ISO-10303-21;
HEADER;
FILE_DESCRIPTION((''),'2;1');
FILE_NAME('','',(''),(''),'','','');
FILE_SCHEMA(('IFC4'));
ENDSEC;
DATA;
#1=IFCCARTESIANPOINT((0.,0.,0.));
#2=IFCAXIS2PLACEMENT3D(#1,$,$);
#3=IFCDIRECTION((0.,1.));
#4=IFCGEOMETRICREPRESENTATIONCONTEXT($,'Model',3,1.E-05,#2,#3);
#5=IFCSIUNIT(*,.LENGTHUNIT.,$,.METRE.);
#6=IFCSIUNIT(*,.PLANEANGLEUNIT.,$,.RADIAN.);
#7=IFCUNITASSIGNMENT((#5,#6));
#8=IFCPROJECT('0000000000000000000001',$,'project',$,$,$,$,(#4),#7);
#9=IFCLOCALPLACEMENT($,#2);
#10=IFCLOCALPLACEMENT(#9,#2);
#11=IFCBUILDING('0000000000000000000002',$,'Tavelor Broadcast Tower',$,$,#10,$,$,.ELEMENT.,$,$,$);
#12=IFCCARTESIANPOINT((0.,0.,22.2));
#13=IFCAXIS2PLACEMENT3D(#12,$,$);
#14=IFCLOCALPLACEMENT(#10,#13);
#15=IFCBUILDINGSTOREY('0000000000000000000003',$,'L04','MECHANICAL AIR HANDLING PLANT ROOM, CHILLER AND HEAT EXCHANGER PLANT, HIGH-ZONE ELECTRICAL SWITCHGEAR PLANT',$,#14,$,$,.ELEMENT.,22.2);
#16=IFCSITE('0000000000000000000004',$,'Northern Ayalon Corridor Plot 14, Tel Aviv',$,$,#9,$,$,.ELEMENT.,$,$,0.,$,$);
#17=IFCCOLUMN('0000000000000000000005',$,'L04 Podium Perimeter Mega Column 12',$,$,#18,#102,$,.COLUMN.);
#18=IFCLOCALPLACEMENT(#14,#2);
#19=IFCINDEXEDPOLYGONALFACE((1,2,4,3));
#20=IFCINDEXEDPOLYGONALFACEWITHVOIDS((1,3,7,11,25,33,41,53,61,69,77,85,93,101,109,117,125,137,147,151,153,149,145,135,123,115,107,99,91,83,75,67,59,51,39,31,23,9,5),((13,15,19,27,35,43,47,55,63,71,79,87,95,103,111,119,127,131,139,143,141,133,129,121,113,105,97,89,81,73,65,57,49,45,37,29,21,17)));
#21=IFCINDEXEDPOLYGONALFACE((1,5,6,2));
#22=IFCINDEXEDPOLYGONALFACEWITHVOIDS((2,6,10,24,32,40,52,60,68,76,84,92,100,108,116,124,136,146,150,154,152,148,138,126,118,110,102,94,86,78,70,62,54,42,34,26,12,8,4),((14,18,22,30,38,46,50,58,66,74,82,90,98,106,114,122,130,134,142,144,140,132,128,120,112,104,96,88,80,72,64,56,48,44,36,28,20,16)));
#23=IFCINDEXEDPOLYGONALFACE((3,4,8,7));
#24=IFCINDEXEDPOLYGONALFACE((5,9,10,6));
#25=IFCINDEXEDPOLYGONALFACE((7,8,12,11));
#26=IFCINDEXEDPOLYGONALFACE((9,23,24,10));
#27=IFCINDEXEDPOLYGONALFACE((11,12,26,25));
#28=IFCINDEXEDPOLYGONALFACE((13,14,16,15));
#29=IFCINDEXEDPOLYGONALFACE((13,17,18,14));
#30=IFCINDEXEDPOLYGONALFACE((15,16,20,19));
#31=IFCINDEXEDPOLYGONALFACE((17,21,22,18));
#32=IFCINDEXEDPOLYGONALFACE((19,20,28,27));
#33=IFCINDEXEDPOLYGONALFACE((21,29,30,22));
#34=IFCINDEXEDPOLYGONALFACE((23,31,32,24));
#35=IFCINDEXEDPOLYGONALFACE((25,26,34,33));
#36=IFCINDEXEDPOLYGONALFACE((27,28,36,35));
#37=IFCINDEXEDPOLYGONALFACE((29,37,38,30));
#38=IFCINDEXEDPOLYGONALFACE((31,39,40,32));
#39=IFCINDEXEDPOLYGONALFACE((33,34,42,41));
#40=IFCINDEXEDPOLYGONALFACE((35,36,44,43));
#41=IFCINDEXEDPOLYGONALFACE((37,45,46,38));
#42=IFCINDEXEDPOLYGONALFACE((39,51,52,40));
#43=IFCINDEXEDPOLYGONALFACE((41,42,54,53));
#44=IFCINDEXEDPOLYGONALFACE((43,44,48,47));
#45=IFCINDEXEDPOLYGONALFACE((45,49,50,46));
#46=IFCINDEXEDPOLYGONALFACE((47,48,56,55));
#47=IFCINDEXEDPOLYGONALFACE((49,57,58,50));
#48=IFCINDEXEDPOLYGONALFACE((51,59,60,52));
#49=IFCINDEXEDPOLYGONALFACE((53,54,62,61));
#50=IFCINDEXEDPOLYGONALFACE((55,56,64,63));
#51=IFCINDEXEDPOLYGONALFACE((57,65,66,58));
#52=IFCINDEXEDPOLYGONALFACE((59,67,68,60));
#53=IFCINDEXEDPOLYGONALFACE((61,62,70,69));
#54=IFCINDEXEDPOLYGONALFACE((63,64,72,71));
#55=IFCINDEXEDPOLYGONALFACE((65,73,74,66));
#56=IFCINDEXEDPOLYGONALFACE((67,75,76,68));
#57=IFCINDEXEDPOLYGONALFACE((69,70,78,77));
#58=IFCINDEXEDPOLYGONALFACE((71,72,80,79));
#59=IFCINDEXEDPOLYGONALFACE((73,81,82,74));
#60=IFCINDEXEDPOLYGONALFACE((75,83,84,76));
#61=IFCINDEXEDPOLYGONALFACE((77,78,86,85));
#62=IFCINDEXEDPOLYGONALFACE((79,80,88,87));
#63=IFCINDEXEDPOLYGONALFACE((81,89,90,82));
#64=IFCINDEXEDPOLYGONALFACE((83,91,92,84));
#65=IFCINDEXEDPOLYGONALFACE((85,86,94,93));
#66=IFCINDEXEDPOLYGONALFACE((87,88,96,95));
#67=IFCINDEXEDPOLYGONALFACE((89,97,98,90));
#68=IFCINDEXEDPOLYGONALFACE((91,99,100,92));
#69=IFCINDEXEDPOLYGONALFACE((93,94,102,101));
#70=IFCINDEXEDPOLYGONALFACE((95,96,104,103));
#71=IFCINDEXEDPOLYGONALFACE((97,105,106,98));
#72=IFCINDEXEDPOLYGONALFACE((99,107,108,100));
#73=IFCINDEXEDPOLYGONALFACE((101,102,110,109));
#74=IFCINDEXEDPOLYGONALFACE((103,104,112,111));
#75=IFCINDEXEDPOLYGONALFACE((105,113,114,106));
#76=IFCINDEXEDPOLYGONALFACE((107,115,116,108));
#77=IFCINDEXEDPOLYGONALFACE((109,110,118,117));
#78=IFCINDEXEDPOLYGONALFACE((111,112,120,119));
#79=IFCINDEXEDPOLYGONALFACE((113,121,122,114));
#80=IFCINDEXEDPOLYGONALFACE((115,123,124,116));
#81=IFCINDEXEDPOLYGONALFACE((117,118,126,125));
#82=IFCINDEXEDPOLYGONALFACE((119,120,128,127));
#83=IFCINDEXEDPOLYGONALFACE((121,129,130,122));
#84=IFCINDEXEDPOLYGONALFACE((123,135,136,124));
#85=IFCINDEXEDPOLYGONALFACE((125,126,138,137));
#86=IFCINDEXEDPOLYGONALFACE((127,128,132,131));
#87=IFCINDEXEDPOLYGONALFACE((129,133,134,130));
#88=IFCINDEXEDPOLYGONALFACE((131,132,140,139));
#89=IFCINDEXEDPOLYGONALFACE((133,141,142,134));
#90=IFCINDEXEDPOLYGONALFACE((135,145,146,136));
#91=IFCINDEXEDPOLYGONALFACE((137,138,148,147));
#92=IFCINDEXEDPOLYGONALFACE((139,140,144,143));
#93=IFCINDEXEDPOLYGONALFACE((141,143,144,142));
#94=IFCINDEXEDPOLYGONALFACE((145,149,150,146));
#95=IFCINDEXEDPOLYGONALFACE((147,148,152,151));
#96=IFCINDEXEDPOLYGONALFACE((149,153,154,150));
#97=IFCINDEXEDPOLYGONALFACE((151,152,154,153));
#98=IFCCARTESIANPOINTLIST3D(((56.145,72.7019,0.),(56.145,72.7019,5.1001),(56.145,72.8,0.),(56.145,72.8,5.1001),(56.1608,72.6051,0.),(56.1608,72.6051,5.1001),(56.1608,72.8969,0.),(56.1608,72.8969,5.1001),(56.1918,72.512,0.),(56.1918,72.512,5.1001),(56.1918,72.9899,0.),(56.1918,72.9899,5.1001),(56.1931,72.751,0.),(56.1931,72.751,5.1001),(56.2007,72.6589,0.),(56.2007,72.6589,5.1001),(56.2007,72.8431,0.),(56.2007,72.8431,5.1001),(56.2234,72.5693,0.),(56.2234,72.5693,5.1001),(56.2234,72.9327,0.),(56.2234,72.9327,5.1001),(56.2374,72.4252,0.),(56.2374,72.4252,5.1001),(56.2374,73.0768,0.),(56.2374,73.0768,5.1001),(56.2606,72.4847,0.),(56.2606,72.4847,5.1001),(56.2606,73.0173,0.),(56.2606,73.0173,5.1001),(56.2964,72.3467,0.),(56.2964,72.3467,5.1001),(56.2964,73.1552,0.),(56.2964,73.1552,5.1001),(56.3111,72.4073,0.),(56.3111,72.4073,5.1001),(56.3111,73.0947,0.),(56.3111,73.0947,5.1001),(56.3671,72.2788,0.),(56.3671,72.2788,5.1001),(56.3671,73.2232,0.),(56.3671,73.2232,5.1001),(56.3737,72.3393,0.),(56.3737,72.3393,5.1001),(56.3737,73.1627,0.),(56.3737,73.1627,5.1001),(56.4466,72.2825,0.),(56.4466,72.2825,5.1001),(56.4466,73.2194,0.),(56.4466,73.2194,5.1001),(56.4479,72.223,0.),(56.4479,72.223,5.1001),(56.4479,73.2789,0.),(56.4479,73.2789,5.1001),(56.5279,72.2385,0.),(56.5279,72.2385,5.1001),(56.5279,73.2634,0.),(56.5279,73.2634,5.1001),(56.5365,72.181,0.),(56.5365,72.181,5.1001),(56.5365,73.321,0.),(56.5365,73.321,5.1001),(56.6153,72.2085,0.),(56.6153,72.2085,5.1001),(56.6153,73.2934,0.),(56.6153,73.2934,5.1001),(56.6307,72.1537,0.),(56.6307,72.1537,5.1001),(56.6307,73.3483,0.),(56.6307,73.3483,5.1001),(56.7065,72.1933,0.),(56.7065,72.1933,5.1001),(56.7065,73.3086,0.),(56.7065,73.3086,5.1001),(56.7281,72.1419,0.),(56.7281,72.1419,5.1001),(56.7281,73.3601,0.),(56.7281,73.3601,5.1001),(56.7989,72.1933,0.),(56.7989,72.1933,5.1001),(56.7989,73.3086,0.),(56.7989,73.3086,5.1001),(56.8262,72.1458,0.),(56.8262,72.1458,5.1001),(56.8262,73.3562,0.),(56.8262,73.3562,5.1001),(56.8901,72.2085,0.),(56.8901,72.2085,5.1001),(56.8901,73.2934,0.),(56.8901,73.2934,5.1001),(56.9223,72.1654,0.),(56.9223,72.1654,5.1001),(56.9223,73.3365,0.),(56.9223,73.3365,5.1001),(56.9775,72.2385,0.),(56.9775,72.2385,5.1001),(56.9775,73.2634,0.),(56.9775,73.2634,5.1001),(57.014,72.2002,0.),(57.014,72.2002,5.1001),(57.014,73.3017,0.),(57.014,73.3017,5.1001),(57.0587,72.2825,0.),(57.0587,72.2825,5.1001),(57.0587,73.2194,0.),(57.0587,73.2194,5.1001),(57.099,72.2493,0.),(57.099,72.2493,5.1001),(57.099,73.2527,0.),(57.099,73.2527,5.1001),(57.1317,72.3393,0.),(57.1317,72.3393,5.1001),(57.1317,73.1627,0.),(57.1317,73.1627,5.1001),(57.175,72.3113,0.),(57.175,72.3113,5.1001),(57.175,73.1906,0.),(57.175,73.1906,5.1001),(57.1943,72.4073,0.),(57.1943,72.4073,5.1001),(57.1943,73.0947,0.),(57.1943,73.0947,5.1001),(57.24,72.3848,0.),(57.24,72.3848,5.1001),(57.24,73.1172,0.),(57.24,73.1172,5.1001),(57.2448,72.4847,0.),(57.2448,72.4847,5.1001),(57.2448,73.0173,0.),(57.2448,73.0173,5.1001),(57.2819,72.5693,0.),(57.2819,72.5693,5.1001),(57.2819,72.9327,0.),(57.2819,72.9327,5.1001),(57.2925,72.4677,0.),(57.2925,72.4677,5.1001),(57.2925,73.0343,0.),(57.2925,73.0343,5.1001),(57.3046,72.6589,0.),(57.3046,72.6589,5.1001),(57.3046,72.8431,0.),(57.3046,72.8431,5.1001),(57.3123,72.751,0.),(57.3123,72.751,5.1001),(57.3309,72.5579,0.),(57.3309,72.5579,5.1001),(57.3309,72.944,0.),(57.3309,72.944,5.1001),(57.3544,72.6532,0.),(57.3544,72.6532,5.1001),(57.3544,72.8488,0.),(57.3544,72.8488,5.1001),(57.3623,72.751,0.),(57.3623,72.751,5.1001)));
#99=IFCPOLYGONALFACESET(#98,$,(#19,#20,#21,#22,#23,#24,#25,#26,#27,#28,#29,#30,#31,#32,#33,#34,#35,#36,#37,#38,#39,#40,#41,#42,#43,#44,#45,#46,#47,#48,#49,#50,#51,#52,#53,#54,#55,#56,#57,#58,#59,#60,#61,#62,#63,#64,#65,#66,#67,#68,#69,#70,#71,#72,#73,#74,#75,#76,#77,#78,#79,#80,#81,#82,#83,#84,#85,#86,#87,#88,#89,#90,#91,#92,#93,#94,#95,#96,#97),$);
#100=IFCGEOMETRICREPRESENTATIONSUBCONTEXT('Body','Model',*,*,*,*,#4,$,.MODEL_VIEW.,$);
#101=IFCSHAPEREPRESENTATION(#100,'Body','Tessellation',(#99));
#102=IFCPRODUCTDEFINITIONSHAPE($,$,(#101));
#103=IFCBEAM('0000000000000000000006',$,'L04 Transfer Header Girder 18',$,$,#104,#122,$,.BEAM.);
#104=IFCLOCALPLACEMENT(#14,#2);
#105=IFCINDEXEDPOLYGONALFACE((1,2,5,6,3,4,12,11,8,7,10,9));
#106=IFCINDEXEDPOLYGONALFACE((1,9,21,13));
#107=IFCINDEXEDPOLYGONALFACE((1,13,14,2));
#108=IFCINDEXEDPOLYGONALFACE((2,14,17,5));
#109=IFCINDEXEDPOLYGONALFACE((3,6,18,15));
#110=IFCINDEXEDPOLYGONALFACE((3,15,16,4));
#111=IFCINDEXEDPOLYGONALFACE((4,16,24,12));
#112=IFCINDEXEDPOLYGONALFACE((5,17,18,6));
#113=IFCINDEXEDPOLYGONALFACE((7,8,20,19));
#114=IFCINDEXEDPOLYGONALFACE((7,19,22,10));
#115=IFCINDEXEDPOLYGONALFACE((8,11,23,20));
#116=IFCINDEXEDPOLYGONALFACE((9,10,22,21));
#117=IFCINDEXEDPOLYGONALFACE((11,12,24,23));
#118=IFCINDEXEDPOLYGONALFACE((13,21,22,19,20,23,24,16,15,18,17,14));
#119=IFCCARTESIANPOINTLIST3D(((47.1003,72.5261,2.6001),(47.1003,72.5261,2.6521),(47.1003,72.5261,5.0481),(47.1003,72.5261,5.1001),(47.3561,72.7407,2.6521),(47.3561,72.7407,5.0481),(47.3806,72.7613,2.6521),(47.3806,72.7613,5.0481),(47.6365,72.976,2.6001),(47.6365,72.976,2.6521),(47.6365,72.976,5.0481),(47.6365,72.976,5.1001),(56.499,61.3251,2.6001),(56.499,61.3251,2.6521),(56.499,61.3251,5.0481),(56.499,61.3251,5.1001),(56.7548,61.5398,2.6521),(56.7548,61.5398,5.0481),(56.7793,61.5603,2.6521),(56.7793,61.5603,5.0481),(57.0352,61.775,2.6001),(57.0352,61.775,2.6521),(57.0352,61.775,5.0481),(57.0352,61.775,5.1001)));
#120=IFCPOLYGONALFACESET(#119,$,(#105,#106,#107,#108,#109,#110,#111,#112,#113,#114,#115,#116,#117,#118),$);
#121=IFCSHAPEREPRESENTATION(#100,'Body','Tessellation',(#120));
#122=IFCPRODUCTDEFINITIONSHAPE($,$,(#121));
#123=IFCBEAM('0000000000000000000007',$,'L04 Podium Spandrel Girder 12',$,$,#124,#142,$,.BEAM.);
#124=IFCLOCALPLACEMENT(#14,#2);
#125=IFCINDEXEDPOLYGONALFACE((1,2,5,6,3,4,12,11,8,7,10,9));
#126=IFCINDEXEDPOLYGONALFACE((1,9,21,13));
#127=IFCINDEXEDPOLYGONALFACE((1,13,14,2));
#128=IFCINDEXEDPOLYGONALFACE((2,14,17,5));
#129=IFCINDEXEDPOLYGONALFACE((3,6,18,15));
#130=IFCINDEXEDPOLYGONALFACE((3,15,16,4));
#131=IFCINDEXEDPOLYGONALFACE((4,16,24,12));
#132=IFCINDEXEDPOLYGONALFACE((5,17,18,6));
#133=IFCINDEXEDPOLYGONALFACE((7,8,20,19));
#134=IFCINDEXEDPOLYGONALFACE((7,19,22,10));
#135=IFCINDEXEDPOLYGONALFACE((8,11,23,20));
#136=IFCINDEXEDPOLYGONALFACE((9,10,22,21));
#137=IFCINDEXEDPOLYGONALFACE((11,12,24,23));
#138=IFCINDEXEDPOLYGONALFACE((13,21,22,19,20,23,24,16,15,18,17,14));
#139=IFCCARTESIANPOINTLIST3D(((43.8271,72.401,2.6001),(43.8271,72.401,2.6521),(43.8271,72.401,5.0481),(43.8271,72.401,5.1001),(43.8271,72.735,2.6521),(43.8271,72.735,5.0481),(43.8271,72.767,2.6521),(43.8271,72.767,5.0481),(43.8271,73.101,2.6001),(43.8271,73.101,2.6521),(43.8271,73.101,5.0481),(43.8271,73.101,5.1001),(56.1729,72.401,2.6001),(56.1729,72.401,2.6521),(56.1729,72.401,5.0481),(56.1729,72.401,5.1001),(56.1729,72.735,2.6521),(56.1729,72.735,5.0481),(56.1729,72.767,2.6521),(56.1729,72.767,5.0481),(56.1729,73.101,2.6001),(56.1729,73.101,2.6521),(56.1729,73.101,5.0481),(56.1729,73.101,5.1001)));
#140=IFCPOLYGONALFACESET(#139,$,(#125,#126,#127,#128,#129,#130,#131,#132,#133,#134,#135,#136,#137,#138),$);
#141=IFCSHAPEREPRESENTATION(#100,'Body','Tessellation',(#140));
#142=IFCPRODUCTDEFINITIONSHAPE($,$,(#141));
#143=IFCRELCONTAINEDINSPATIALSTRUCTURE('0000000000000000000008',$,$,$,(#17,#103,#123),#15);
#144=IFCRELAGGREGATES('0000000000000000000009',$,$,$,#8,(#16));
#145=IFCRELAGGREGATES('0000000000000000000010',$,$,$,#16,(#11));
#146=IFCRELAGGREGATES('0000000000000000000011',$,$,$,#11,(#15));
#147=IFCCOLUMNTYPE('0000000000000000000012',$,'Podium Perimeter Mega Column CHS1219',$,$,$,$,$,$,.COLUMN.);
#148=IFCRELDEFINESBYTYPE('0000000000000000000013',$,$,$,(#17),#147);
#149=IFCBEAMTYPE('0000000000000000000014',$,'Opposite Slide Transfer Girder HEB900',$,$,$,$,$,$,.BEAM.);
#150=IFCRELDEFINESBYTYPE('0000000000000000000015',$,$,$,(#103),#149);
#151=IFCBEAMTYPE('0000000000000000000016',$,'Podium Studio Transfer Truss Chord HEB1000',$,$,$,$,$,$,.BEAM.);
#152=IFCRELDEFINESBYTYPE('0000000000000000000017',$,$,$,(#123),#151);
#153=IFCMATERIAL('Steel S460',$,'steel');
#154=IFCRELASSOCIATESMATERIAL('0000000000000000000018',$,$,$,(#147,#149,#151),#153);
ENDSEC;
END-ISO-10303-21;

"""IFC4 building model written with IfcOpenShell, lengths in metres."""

from ifc_helpers import new_model, si_unit, direction, frame, origin, origin_2d, place, context, subcontext, project, spatial, hollow_circle, i_section, extrude, material, material_profile, profile_set, type_object, element, save


model = new_model("IFC4")

# Units and contexts
model_context = context("Model", 3, precision=1e-05, world=origin(), true_north=direction((0.0, 1.0)))
body_context = subcontext(model_context, "Body", "Model", "MODEL_VIEW")
ifc_project = project(units=[si_unit("LENGTHUNIT", "METRE"), si_unit("PLANEANGLEUNIT", "RADIAN")], contexts=[model_context])

# Site, building, storey
site_placement = place(None, origin())
site = spatial("IfcSite", under=ifc_project, at=site_placement, Name="Northern Ayalon Corridor Plot 14, Tel Aviv", CompositionType="ELEMENT", RefElevation=0.0)
building_placement = place(site_placement, origin())
building = spatial("IfcBuilding", under=site, at=building_placement, Name="Tavelor Broadcast Tower", CompositionType="ELEMENT")
storey_placement = place(building_placement, frame((0.0, 0.0, 22.2)))
storey = spatial("IfcBuildingStorey", under=building, at=storey_placement, Name="L04", Description="MECHANICAL AIR HANDLING PLANT ROOM, CHILLER AND HEAT EXCHANGER PLANT, HIGH-ZONE ELECTRICAL SWITCHGEAR PLANT", CompositionType="ELEMENT", Elevation=22.2)

# Column
ifc_material_1 = material(Name="Steel S460", Category="steel")
ifc_material_profile_1 = material_profile(ifc_material_1, hollow_circle(Radius=0.6096, WallThickness=0.05, at=origin_2d()), Name="CHS 1219x50")
ifc_profile_set_1 = profile_set([ifc_material_profile_1], Name="Steel S460")
column_type = type_object("IfcColumnType", Name="Podium Perimeter Mega Column CHS1219", PredefinedType="COLUMN", material=ifc_profile_set_1)
column_placement = place(storey_placement, frame((56.7527, 72.751, 0.0), z_axis=(0.0, 0.0, 1.0), x_axis=(1.0, 0.0, 0.0)))
element("IfcColumn", 1, at=column_placement, inside=storey, type_object=column_type, Name="L04 Podium Perimeter Mega Column 12", PredefinedType="COLUMN", context=body_context, shape_type="SweptSolid", body=[
    extrude(hollow_circle(Radius=0.6096, WallThickness=0.05, at=origin_2d()), origin(), (0.0, 0.0, 1.0), 5.1001),
])

# Beams
ifc_material_profile_2 = material_profile(ifc_material_1, i_section(OverallWidth=0.7, OverallDepth=2.5, WebThickness=0.032, FlangeThickness=0.052, at=origin_2d()), Name="PG 2500x700")
ifc_profile_set_2 = profile_set([ifc_material_profile_2], Name="Steel S460")
beam_type_1 = type_object("IfcBeamType", Name="Opposite Slide Transfer Girder HEB900", PredefinedType="BEAM", material=ifc_profile_set_2)
beam_1_placement = place(storey_placement, frame((56.7671, 61.55, 3.8501), z_axis=(-0.642787, 0.766045, 0.0), x_axis=(-0.766045, -0.642787, 0.0)))
element("IfcBeam", 2, at=beam_1_placement, inside=storey, type_object=beam_type_1, Name="L04 Transfer Header Girder 18", PredefinedType="BEAM", context=body_context, shape_type="SweptSolid", body=[
    extrude(i_section(OverallWidth=0.7, OverallDepth=2.5, WebThickness=0.032, FlangeThickness=0.052, at=origin_2d()), origin(), (0.0, 0.0, 1.0), 14.6218),
])
ifc_material_profile_3 = material_profile(ifc_material_1, i_section(OverallWidth=0.7, OverallDepth=2.5, WebThickness=0.032, FlangeThickness=0.052, at=origin_2d()), Name="PG 2500x700")
ifc_profile_set_3 = profile_set([ifc_material_profile_3], Name="Steel S460")
beam_type_2 = type_object("IfcBeamType", Name="Podium Studio Transfer Truss Chord HEB1000", PredefinedType="BEAM", material=ifc_profile_set_3)
beam_2_placement = place(storey_placement, frame((56.1729, 72.751, 3.8501), z_axis=(-1.0, 0.0, 0.0), x_axis=(0.0, -1.0, 0.0)))
element("IfcBeam", 3, at=beam_2_placement, inside=storey, type_object=beam_type_2, Name="L04 Podium Spandrel Girder 12", PredefinedType="BEAM", context=body_context, shape_type="SweptSolid", body=[
    extrude(i_section(OverallWidth=0.7, OverallDepth=2.5, WebThickness=0.032, FlangeThickness=0.052, at=origin_2d()), origin(), (0.0, 0.0, 1.0), 12.3457),
])

save(model, "model.ifc")
